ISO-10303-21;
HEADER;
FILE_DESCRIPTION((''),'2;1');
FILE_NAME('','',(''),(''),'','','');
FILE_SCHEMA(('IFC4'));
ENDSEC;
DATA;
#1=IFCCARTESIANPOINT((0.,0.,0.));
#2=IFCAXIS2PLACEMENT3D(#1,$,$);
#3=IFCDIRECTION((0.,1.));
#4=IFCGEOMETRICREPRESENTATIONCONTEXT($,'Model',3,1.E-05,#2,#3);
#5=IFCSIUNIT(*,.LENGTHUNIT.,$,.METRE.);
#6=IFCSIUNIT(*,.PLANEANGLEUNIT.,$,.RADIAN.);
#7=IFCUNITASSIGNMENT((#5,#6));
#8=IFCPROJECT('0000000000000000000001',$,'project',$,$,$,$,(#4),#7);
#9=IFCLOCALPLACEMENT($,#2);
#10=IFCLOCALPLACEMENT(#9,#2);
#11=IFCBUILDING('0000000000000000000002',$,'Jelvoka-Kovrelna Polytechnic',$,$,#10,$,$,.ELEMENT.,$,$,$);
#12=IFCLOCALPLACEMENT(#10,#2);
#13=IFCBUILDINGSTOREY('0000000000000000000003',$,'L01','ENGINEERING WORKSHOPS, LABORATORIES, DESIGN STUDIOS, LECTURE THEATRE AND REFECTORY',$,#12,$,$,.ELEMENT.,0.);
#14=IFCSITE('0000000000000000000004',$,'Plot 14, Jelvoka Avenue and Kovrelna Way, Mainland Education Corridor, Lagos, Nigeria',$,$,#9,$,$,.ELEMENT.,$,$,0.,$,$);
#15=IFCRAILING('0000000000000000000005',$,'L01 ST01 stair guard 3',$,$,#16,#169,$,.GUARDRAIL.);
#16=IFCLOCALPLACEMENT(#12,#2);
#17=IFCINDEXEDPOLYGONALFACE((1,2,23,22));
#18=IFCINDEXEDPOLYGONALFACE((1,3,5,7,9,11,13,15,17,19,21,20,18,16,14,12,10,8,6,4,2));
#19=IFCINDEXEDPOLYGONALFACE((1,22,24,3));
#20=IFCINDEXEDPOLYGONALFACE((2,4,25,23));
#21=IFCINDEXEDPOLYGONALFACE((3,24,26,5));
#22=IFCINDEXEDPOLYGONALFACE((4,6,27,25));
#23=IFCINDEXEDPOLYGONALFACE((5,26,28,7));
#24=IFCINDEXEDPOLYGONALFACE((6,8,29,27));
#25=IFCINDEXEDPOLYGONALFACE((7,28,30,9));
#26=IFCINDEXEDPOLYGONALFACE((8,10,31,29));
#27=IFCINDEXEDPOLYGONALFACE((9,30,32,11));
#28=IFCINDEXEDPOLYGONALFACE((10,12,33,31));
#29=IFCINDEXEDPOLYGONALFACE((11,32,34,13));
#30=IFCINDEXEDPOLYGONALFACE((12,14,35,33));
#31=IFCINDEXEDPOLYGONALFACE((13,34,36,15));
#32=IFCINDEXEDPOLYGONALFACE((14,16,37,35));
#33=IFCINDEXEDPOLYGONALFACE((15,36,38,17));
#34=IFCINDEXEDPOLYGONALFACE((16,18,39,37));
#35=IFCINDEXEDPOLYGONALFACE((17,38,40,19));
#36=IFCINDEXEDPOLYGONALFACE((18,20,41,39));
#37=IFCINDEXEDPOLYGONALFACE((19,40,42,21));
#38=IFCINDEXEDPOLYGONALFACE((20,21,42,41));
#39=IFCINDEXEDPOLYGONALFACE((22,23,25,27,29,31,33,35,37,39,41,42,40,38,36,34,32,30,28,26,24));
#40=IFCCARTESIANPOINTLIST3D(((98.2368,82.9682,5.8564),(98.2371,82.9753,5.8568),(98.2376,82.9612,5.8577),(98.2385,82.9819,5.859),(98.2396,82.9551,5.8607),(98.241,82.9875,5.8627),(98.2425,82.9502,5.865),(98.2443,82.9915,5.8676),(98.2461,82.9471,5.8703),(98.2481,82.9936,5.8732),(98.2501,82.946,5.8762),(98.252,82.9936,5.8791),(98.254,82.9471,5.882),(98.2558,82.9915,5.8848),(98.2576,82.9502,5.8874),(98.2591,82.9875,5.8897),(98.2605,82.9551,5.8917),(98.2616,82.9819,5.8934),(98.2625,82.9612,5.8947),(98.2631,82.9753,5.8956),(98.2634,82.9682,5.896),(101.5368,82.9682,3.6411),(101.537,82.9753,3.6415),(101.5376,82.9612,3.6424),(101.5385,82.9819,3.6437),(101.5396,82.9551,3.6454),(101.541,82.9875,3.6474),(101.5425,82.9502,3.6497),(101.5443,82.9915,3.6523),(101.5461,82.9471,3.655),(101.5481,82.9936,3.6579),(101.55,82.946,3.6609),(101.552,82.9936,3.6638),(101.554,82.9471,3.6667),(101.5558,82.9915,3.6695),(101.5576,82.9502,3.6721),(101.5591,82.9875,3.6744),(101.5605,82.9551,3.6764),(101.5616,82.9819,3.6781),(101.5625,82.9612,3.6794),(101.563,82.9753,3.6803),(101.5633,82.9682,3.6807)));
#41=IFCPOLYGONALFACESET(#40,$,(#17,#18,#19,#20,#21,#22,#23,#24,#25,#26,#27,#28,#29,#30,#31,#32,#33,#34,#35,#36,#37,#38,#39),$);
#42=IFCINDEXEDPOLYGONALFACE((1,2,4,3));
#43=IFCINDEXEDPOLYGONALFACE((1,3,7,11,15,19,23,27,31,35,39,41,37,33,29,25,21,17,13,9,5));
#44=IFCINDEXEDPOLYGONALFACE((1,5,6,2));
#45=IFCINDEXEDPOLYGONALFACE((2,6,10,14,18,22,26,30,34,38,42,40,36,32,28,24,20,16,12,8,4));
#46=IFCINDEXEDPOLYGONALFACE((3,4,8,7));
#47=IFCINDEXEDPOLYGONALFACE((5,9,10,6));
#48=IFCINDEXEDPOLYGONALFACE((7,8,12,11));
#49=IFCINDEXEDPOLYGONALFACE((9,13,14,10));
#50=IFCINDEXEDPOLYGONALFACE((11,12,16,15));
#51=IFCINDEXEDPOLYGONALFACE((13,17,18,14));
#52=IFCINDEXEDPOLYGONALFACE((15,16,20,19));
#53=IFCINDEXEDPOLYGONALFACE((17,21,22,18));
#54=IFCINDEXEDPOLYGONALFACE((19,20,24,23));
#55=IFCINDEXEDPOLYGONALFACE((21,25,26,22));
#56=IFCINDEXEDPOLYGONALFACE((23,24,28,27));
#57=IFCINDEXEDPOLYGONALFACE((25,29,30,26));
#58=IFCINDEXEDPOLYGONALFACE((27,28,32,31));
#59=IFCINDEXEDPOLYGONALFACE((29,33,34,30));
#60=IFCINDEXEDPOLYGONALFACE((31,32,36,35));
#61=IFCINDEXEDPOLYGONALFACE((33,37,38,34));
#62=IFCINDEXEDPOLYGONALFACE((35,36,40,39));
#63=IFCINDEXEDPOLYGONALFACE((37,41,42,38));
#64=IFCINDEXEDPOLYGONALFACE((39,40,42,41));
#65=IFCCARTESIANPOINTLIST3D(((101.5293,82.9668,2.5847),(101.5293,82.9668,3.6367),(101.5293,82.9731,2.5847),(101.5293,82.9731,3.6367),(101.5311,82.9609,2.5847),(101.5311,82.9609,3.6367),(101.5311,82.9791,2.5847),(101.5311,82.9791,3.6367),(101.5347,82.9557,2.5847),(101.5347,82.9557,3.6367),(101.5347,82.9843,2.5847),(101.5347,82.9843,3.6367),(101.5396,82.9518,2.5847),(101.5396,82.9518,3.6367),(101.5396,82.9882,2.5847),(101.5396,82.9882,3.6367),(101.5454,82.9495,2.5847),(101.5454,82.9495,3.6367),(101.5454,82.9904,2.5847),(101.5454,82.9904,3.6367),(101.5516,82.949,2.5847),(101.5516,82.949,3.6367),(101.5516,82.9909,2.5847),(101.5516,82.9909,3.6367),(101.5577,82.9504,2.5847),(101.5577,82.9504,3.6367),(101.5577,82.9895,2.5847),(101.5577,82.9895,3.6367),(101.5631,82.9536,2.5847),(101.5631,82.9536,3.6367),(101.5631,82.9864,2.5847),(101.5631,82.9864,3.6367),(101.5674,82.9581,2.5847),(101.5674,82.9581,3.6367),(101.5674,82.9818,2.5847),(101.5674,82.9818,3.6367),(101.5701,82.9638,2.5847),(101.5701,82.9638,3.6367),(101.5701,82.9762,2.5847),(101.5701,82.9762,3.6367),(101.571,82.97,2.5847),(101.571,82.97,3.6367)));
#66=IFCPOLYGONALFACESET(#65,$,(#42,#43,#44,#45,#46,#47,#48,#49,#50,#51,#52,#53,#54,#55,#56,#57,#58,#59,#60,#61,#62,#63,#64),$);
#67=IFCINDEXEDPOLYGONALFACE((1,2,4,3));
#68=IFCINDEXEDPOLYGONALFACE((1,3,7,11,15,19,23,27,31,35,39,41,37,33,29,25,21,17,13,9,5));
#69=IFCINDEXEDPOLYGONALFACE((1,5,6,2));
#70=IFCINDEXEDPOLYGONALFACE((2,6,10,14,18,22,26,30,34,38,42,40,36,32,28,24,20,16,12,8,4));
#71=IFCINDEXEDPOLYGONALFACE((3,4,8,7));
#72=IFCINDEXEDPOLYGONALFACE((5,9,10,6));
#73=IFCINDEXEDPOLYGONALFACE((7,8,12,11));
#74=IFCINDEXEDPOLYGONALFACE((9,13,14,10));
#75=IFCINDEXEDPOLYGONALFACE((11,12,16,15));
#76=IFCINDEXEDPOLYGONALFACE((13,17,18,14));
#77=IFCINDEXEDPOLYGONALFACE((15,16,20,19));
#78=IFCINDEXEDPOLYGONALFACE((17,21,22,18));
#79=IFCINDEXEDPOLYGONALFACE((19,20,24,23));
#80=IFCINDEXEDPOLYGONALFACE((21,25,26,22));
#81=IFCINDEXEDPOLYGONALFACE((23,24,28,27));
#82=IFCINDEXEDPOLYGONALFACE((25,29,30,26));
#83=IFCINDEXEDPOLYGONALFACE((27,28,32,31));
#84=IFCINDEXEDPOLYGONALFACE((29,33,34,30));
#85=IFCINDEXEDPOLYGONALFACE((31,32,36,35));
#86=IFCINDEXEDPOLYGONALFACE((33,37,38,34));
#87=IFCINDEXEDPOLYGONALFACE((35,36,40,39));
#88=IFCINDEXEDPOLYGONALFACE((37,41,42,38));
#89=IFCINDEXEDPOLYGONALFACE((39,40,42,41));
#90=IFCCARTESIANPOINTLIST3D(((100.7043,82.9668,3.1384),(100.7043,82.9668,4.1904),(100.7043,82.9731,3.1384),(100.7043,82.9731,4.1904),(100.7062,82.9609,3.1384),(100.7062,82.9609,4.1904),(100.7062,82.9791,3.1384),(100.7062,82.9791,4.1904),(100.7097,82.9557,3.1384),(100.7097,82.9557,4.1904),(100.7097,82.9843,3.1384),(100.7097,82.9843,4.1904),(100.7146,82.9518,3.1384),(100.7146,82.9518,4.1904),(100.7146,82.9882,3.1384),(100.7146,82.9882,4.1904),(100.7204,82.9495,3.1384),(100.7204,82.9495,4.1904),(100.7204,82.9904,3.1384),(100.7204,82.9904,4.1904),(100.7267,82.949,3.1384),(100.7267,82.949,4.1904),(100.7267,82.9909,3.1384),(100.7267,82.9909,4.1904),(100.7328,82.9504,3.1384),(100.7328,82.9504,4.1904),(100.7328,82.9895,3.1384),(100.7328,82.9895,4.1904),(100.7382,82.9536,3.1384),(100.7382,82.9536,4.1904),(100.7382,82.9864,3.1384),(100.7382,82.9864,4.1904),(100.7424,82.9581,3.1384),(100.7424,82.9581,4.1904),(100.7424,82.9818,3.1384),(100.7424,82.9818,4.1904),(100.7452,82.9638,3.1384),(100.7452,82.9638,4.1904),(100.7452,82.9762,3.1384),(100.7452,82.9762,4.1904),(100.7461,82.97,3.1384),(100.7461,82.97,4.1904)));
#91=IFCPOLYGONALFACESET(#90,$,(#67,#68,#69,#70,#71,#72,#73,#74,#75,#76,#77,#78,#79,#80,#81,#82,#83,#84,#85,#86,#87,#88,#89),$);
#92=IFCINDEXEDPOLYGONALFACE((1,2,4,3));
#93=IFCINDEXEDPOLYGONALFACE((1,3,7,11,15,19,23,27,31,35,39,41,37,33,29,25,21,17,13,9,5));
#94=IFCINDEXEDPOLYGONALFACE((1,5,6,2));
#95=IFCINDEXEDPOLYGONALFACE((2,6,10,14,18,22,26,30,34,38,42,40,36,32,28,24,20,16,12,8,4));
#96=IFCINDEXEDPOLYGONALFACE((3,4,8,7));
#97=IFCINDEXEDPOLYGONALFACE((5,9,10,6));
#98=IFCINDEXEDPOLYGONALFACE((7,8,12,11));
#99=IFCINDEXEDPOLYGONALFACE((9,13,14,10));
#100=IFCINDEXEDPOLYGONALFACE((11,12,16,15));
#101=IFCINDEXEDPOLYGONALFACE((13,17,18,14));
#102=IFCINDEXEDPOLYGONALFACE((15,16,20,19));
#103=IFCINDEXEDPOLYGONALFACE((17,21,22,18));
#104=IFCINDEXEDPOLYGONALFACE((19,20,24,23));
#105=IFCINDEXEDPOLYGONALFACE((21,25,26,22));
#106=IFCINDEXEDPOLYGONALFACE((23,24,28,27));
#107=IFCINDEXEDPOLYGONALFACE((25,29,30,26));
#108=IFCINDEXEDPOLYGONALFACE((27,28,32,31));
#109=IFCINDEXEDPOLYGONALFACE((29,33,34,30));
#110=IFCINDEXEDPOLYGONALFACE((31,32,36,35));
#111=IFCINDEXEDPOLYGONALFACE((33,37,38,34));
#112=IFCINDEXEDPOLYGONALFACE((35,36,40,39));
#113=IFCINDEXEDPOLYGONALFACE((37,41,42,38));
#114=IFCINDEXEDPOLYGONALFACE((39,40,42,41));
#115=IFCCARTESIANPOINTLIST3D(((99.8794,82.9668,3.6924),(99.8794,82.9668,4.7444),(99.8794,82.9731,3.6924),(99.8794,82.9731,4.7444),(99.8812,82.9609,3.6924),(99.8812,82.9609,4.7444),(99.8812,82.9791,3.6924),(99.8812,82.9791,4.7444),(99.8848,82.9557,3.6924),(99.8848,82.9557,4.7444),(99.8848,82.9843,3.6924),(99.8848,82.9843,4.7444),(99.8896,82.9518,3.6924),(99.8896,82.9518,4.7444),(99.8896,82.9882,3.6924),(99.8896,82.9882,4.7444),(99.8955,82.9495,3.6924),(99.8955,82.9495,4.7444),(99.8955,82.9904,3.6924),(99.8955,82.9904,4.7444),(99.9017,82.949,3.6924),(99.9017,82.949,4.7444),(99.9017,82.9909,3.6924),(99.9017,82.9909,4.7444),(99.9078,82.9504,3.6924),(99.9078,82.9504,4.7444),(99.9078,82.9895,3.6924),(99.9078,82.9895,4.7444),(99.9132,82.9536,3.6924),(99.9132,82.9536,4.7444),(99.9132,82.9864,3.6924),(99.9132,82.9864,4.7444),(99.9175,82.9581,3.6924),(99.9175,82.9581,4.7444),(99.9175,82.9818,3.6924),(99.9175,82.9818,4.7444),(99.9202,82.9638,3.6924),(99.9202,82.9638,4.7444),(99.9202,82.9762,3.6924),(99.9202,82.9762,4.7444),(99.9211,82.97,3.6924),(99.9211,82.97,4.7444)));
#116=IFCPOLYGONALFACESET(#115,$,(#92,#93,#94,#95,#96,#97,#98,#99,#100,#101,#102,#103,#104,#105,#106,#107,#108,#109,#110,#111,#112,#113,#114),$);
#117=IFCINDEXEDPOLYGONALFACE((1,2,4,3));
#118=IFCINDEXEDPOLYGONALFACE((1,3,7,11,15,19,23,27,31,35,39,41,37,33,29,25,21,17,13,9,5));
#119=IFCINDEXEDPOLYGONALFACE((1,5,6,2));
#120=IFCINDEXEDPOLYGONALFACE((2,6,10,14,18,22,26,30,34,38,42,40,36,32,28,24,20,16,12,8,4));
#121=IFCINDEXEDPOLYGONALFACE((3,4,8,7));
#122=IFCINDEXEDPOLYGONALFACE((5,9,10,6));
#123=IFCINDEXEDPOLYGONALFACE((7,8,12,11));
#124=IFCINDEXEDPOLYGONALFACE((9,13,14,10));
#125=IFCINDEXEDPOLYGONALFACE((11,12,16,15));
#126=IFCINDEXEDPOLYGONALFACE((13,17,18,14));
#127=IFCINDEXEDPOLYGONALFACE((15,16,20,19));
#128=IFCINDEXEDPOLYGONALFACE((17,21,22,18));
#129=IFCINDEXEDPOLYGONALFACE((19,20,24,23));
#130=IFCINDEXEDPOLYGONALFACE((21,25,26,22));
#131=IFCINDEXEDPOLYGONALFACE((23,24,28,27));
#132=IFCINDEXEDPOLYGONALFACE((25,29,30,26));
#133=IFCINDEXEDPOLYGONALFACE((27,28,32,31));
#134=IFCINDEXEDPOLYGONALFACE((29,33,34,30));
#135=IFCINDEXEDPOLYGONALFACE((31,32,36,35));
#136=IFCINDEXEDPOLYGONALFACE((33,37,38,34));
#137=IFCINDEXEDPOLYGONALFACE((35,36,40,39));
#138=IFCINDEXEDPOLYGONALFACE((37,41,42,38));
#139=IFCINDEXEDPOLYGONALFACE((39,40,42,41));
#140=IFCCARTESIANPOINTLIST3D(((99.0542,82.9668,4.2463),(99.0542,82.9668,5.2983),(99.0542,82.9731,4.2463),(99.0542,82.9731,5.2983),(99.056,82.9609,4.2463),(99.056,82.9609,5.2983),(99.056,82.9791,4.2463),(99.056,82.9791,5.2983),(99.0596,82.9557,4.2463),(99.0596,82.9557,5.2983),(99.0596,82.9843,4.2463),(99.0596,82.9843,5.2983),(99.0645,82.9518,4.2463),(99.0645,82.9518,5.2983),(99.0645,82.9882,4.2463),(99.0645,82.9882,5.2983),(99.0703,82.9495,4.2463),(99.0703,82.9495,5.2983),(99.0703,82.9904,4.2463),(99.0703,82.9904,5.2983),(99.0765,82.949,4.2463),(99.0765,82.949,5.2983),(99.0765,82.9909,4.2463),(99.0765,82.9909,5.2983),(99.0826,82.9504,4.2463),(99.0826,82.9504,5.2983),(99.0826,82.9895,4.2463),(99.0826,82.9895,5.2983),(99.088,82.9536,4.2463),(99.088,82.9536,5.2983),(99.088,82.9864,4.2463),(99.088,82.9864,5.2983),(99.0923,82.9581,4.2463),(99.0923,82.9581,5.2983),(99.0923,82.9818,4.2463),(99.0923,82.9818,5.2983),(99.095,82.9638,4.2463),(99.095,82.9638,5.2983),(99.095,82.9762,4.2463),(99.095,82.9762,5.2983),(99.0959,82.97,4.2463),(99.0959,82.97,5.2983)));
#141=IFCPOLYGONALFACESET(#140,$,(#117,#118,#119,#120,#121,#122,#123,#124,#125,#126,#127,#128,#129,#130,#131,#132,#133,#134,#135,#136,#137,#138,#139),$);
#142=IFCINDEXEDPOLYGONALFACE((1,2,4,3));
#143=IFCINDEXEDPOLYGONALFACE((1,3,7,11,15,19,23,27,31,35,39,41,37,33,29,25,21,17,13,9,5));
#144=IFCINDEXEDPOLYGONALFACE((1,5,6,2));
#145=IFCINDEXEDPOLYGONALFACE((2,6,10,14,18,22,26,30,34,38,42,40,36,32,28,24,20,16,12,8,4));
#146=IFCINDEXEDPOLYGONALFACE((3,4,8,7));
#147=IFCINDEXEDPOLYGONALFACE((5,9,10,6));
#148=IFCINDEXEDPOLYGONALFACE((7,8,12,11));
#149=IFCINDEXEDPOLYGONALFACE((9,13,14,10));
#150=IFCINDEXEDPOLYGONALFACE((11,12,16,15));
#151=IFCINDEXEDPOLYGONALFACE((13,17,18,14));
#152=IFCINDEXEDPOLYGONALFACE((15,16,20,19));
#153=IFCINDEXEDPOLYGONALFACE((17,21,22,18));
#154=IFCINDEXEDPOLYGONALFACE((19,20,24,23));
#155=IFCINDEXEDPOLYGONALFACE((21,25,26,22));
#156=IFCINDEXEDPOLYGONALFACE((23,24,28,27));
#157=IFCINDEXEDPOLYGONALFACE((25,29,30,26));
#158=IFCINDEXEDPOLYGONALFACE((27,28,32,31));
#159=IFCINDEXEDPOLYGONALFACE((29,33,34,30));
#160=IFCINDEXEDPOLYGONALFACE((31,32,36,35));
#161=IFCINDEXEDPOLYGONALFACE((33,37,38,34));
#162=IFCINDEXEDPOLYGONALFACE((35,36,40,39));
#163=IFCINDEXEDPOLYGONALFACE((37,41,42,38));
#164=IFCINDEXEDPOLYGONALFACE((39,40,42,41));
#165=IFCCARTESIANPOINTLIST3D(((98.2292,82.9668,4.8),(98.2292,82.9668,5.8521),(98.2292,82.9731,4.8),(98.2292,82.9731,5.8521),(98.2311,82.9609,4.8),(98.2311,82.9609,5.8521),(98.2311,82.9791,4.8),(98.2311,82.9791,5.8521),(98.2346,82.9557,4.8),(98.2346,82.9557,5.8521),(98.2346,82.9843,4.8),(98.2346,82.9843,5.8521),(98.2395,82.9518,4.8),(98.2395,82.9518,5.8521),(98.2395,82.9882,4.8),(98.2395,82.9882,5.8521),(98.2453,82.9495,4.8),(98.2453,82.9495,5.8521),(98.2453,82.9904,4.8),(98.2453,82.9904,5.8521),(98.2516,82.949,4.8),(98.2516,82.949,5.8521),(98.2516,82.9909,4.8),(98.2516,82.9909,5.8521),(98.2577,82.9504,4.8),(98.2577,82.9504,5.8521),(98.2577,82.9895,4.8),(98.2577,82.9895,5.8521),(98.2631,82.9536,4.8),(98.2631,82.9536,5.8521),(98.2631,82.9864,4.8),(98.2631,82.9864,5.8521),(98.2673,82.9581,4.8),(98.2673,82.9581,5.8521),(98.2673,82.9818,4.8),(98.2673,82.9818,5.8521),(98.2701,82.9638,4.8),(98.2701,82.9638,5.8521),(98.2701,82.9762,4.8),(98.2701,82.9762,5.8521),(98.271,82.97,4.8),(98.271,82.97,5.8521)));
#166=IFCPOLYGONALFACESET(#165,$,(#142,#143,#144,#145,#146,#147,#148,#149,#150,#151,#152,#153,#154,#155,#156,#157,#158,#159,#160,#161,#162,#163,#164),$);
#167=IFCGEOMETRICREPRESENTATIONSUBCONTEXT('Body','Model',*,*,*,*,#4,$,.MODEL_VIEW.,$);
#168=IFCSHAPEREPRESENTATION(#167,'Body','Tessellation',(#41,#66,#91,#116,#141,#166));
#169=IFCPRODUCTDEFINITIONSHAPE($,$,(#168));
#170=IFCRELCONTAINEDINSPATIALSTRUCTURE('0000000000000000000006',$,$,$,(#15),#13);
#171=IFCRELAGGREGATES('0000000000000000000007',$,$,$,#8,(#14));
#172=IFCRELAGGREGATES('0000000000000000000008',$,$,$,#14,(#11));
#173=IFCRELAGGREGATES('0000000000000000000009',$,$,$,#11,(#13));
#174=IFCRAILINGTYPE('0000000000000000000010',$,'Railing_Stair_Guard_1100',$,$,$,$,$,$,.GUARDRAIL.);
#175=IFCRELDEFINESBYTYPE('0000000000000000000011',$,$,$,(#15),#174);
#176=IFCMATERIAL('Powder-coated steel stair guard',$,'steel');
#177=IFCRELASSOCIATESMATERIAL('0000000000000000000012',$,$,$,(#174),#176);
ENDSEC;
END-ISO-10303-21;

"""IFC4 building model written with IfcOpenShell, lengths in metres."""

from ifc_helpers import new_model, si_unit, direction, frame, origin, origin_2d, place, context, subcontext, project, spatial, circle, extrude, material, type_object, element, save


model = new_model("IFC4")

# Units and contexts
model_context = context("Model", 3, precision=1e-05, world=origin(), true_north=direction((0.0, 1.0)))
body_context = subcontext(model_context, "Body", "Model", "MODEL_VIEW")
ifc_project = project(units=[si_unit("LENGTHUNIT", "METRE"), si_unit("PLANEANGLEUNIT", "RADIAN")], contexts=[model_context])

# Site, building, storey
site_placement = place(None, origin())
site = spatial("IfcSite", under=ifc_project, at=site_placement, Name="Plot 14, Jelvoka Avenue and Kovrelna Way, Mainland Education Corridor, Lagos, Nigeria", CompositionType="ELEMENT", RefElevation=0.0)
building_placement = place(site_placement, origin())
building = spatial("IfcBuilding", under=site, at=building_placement, Name="Jelvoka-Kovrelna Polytechnic", CompositionType="ELEMENT")
storey_placement = place(building_placement, origin())
storey = spatial("IfcBuildingStorey", under=building, at=storey_placement, Name="L01", Description="ENGINEERING WORKSHOPS, LABORATORIES, DESIGN STUDIOS, LECTURE THEATRE AND REFECTORY", CompositionType="ELEMENT", Elevation=0.0)

# Railing
ifc_material_1 = material(Name="Powder-coated steel stair guard", Category="steel")
railing_type_1 = type_object("IfcRailingType", Name="Railing_Stair_Guard_1100", PredefinedType="GUARDRAIL", material=ifc_material_1)
railing_1_placement = place(storey_placement, frame((101.55, 82.97, 2.5847)))
element("IfcRailing", 1, at=railing_1_placement, inside=storey, type_object=railing_type_1, Name="L01 ST01 stair guard 3", PredefinedType="GUARDRAIL", context=body_context, shape_type="SweptSolid", body=[
    extrude(circle(Radius=0.0239, at=origin_2d()), frame((0.0, 0.0, 1.0762), z_axis=(-0.830269, 0.0, 0.557362), x_axis=(0.0, -1.0, 0.0)), (0.0, 0.0, 1.0), 3.9746),
    extrude(circle(Radius=0.021, at=origin_2d()), origin(), (0.0, 0.0, 1.0), 1.052),
    extrude(circle(Radius=0.021, at=origin_2d()), frame((-0.825, 0.0, 0.5537)), (0.0, 0.0, 1.0), 1.052),
    extrude(circle(Radius=0.021, at=origin_2d()), frame((-1.6499, 0.0, 1.1077)), (0.0, 0.0, 1.0), 1.052),
    extrude(circle(Radius=0.021, at=origin_2d()), frame((-2.4751, 0.0, 1.6616)), (0.0, 0.0, 1.0), 1.052),
    extrude(circle(Radius=0.021, at=origin_2d()), frame((-3.3, 0.0, 2.2153)), (0.0, 0.0, 1.0), 1.052),
])

save(model, "model.ifc")
